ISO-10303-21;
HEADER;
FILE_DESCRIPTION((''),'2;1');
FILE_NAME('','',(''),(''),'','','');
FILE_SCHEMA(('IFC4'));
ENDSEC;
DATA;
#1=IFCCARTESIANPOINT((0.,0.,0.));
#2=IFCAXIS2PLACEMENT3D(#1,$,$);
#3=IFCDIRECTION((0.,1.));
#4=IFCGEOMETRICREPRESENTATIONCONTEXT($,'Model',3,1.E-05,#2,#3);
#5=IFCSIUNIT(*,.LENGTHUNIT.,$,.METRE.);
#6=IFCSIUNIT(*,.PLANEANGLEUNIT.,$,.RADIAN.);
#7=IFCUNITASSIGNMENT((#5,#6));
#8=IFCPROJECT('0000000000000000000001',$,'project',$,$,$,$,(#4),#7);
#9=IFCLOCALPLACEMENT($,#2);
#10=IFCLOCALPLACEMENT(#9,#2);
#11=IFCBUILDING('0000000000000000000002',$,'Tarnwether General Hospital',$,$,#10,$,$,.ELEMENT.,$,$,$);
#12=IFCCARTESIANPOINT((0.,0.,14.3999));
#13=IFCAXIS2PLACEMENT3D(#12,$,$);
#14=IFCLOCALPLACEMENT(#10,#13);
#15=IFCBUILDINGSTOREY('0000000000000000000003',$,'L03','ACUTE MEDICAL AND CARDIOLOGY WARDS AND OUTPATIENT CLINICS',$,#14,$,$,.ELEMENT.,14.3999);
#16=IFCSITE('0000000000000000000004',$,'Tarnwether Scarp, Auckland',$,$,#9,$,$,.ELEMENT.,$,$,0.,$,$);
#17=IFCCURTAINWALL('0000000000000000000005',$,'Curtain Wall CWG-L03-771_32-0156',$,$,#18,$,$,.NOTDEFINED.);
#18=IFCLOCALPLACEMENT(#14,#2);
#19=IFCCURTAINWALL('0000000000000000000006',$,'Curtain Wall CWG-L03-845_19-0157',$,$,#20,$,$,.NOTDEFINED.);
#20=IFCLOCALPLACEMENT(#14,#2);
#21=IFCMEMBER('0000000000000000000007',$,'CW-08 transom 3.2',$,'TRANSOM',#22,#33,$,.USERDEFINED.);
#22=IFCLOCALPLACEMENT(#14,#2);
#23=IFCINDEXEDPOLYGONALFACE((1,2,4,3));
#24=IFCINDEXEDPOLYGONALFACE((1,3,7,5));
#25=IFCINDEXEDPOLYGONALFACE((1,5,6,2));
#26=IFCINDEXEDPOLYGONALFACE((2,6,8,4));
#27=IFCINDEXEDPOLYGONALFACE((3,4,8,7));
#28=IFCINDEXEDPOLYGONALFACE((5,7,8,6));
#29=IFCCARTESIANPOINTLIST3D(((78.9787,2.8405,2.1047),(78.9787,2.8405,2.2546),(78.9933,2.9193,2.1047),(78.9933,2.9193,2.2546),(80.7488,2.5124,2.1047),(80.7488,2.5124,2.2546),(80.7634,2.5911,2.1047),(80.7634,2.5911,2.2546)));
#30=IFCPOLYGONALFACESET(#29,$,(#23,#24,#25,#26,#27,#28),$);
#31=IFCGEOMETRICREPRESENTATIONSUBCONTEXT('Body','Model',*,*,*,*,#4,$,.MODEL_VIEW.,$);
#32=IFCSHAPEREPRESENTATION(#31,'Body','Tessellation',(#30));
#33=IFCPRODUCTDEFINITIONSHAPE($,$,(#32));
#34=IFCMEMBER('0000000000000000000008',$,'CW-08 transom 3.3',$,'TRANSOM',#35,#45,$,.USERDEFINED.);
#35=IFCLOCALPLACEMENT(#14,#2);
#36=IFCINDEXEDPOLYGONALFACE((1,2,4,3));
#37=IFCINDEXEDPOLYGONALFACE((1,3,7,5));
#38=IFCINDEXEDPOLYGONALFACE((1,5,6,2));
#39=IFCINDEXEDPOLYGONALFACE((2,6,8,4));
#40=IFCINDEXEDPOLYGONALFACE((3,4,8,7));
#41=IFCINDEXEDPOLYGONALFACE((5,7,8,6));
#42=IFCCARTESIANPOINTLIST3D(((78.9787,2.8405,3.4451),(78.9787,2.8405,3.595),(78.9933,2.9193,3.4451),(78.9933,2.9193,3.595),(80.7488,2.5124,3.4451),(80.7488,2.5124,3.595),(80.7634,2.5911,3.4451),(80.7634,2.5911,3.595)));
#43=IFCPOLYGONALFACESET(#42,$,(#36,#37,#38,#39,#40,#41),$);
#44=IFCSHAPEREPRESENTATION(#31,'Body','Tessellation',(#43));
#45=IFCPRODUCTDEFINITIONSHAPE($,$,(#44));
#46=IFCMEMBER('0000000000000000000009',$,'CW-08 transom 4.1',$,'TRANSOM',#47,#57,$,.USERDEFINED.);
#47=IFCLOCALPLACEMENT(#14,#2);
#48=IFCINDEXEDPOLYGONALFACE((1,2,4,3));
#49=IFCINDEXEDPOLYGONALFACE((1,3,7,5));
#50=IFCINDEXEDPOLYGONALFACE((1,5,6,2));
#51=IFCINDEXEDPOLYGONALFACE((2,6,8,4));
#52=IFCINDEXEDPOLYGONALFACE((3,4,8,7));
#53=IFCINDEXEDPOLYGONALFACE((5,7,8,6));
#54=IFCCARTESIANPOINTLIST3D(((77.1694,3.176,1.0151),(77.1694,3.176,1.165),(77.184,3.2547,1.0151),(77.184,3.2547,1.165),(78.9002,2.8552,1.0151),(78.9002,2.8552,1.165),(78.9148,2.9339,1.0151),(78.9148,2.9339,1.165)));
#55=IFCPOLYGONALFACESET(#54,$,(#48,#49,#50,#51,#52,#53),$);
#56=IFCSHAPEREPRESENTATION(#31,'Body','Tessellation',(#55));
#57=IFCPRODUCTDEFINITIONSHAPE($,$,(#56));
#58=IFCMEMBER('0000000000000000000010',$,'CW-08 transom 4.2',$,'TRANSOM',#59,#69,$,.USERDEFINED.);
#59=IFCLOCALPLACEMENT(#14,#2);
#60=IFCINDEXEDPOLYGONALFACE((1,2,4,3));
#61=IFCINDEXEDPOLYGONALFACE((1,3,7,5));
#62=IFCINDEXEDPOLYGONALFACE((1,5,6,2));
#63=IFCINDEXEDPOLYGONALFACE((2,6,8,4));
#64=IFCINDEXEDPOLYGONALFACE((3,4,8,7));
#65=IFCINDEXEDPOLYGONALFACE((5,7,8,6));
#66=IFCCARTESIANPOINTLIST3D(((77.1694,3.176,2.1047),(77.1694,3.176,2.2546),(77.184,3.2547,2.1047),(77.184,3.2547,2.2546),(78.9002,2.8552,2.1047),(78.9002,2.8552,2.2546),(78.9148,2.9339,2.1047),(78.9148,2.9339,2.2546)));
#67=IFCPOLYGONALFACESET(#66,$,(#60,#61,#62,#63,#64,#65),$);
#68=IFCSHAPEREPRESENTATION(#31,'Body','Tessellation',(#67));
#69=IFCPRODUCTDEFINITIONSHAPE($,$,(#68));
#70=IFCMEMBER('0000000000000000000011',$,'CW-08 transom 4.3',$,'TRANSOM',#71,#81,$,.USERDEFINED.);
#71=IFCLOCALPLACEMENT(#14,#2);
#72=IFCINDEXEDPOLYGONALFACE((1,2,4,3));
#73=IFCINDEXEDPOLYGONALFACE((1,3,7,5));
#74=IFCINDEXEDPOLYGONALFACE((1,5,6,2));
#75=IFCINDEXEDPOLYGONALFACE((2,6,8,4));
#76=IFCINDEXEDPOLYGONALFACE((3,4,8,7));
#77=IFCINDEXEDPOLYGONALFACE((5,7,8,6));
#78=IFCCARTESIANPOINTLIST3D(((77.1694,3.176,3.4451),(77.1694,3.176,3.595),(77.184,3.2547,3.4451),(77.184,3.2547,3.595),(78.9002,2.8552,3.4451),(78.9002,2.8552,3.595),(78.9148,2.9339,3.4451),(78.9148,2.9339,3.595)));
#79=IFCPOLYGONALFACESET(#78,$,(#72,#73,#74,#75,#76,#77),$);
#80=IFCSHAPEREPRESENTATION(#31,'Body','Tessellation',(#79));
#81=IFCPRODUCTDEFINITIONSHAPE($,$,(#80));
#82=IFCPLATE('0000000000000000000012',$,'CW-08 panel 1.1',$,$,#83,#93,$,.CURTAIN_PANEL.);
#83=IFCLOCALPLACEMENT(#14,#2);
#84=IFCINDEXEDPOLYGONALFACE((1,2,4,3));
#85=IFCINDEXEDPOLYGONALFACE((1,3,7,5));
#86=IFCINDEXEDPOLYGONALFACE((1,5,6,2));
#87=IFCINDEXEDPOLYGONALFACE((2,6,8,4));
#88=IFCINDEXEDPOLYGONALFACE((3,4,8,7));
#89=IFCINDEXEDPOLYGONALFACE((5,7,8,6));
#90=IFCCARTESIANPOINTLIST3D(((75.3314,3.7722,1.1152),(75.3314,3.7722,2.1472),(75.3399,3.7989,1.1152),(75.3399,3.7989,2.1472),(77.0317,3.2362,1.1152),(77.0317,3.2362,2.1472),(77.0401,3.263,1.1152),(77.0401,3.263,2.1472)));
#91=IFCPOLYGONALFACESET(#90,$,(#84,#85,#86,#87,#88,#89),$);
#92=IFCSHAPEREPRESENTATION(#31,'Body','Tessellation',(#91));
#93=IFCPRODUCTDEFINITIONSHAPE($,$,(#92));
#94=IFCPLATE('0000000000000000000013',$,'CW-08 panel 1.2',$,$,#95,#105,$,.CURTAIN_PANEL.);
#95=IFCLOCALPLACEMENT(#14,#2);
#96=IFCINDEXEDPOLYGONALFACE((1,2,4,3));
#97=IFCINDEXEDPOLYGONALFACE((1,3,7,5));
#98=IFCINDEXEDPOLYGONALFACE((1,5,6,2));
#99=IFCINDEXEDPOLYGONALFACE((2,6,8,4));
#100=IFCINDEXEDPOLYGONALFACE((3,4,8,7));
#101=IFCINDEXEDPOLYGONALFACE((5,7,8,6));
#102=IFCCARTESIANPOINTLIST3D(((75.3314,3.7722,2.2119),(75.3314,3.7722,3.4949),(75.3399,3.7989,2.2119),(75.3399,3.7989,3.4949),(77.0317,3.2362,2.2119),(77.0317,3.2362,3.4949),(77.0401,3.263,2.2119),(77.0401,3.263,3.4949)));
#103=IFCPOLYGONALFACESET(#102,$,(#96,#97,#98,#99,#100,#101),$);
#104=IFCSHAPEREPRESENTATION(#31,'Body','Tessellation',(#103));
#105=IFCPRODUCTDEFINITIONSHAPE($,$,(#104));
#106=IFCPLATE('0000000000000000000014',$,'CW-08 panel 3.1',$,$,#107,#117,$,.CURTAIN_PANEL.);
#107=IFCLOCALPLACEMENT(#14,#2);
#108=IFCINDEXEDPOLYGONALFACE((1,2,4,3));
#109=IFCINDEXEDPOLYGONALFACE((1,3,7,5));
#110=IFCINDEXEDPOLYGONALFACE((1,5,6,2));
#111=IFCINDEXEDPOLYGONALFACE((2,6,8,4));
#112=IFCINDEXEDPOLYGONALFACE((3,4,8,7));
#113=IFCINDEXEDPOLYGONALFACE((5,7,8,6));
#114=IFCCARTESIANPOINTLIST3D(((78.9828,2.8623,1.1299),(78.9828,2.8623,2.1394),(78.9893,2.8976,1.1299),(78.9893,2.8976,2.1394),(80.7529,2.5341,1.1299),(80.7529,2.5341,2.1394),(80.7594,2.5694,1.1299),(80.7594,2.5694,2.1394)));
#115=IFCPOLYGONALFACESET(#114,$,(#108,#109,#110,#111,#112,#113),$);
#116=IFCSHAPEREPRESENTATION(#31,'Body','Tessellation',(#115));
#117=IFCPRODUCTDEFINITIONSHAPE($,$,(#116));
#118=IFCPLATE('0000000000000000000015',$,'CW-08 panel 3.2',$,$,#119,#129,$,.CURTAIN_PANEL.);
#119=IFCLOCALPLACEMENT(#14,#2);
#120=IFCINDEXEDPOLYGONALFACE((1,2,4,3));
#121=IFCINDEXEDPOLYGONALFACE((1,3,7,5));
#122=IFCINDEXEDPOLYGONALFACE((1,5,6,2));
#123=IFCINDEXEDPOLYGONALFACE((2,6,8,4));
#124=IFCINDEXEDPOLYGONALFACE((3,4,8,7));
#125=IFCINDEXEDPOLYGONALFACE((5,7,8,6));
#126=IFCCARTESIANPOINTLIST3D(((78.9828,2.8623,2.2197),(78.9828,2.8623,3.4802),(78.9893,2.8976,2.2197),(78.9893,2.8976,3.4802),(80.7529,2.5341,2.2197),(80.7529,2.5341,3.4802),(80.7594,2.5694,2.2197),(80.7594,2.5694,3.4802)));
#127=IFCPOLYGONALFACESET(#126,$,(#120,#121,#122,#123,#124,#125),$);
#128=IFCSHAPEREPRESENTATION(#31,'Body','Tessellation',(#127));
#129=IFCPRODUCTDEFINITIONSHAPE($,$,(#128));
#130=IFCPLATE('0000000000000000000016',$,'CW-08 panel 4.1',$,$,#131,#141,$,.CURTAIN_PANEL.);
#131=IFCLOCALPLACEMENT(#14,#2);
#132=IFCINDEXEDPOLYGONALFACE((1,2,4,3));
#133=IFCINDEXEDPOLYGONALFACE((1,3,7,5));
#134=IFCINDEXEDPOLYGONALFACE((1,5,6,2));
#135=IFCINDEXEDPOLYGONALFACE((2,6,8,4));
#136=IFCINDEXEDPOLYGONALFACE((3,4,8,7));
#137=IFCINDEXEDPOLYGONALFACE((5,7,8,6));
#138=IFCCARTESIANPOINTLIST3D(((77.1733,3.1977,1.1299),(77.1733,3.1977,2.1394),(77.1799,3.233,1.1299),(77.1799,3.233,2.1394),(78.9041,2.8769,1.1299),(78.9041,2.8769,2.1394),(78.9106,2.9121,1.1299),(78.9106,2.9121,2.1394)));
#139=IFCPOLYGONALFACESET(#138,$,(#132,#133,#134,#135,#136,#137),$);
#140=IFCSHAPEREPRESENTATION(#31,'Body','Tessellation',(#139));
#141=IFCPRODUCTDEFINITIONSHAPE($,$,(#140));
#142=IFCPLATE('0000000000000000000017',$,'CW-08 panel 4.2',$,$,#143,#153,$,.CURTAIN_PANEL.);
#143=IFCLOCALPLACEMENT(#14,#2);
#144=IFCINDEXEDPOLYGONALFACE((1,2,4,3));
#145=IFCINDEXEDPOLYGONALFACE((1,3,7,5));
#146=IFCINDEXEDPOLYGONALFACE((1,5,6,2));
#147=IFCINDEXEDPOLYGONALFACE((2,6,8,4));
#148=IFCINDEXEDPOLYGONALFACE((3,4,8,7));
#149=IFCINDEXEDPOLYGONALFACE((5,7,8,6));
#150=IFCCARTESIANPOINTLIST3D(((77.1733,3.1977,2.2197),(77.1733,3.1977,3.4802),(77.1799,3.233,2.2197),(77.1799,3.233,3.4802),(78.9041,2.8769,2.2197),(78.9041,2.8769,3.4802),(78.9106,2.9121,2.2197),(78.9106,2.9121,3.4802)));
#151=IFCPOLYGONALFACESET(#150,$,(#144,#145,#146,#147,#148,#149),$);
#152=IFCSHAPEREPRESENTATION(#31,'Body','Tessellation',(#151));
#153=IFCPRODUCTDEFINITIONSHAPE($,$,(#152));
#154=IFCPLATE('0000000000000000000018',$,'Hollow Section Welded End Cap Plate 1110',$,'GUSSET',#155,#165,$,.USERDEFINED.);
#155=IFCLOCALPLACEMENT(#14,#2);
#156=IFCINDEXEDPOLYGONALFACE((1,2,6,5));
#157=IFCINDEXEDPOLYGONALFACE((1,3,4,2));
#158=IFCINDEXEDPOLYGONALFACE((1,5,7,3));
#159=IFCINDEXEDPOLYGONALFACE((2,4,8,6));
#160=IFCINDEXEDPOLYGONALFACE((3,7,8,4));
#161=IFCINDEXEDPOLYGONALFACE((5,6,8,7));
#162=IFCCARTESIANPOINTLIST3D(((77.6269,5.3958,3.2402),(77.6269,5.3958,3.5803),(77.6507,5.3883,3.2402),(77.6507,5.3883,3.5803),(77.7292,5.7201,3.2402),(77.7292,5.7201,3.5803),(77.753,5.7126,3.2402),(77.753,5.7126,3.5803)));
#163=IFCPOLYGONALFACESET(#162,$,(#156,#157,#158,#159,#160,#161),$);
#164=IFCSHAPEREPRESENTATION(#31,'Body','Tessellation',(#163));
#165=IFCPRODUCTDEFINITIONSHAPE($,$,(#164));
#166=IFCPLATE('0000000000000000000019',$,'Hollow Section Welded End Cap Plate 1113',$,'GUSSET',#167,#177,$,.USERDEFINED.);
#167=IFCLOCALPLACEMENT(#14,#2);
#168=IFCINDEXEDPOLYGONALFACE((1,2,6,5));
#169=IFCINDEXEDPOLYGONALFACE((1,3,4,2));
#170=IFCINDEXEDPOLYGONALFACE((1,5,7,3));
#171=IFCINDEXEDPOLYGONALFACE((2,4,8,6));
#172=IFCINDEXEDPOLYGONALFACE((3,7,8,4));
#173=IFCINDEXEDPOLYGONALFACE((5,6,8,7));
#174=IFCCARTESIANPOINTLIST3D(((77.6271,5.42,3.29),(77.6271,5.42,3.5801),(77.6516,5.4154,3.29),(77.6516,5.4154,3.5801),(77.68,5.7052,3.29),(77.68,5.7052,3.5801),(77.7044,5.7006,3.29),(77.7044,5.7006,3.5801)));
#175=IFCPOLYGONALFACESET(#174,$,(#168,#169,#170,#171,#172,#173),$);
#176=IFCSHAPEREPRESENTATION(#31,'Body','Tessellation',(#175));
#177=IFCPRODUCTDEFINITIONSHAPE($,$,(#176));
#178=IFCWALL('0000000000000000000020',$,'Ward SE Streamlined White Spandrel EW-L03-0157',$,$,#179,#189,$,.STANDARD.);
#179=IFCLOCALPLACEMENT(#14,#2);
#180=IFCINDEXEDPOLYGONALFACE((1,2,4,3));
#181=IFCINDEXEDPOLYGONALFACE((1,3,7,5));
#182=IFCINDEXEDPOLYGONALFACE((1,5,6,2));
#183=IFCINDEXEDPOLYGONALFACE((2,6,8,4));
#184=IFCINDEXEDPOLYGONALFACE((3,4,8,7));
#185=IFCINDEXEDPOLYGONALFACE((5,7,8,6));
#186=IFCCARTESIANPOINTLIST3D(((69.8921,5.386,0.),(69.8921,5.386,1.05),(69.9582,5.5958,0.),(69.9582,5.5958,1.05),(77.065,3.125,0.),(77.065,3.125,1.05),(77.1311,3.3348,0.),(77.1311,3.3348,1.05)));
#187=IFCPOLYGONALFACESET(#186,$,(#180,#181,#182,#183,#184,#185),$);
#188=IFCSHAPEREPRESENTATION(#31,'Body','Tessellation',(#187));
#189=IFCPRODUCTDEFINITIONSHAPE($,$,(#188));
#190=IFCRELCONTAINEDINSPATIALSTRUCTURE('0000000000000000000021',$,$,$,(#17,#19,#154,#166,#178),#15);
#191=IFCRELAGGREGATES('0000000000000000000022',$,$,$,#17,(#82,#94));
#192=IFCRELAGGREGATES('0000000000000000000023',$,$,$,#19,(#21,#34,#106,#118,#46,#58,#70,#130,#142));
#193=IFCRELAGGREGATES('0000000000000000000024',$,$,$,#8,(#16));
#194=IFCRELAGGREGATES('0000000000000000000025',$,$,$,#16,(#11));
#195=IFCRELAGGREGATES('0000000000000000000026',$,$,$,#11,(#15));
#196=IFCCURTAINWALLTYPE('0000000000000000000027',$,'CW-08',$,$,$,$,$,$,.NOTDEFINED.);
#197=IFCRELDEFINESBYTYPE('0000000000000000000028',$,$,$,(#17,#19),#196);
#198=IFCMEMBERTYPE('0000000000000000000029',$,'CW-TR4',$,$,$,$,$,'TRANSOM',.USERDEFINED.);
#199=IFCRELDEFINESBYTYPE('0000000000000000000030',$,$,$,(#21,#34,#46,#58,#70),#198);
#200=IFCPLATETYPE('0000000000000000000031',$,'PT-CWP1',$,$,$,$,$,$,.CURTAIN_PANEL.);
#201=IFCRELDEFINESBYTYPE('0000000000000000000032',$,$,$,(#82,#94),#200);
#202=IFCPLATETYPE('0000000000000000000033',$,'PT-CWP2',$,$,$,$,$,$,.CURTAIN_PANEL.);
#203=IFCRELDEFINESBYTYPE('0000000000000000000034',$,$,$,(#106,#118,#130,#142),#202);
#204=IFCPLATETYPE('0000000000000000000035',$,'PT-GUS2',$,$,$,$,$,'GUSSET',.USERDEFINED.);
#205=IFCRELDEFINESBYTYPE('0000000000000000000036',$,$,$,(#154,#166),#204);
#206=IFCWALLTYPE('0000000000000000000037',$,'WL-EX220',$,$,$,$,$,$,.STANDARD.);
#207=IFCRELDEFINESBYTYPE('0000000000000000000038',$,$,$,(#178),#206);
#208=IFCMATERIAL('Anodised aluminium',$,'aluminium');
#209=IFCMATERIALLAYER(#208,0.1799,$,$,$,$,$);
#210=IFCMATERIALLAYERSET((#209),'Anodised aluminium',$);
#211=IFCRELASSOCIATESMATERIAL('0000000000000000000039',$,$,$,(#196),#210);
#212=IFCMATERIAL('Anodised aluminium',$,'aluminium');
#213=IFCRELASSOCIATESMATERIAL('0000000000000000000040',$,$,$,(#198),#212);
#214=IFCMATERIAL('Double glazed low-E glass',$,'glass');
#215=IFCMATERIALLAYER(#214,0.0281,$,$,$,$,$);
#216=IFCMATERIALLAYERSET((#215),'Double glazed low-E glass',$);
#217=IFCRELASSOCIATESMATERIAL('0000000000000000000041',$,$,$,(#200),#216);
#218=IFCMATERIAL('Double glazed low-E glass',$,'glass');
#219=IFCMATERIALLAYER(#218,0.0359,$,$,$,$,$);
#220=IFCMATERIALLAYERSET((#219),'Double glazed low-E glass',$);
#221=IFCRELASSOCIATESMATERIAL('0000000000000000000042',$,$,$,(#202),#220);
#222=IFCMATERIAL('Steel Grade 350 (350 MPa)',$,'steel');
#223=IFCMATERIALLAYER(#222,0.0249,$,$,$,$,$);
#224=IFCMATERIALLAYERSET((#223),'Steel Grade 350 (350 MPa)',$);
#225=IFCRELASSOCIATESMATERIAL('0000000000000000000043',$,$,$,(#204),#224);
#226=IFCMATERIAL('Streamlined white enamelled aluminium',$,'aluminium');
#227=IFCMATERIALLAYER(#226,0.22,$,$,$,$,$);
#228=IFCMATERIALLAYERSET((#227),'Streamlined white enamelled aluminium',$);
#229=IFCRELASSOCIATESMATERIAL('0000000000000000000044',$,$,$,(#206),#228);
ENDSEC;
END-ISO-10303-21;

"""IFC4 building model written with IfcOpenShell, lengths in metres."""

from ifc_helpers import new_model, si_unit, direction, frame, frame_2d, origin, origin_2d, place, context, subcontext, project, spatial, rectangle, extrude, material, layer, layer_set, material_profile, profile_set, type_object, element, aggregate, save


model = new_model("IFC4")

# Units and contexts
model_context = context("Model", 3, precision=1e-05, world=origin(), true_north=direction((0.0, 1.0)))
body_context = subcontext(model_context, "Body", "Model", "MODEL_VIEW")
ifc_project = project(units=[si_unit("LENGTHUNIT", "METRE"), si_unit("PLANEANGLEUNIT", "RADIAN")], contexts=[model_context])

# Site, building, storey
site_placement = place(None, origin())
site = spatial("IfcSite", under=ifc_project, at=site_placement, Name="Tarnwether Scarp, Auckland", CompositionType="ELEMENT", RefElevation=0.0)
building_placement = place(site_placement, origin())
building = spatial("IfcBuilding", under=site, at=building_placement, Name="Tarnwether General Hospital", CompositionType="ELEMENT")
storey_placement = place(building_placement, frame((0.0, 0.0, 14.3999)))
storey = spatial("IfcBuildingStorey", under=building, at=storey_placement, Name="L03", Description="ACUTE MEDICAL AND CARDIOLOGY WARDS AND OUTPATIENT CLINICS", CompositionType="ELEMENT", Elevation=14.3999)

# Curtain walls
ifc_material_1 = material(Name="Anodised aluminium", Category="aluminium")
ifc_layer_1 = layer(ifc_material_1, 0.1799)
ifc_layer_set_1 = layer_set([ifc_layer_1], Name="Anodised aluminium")
curtain_wall_type = type_object("IfcCurtainWallType", Name="CW-08", PredefinedType="NOTDEFINED", material=ifc_layer_set_1)
curtain_wall_1_placement = place(storey_placement, origin())
curtain_wall_1 = element("IfcCurtainWall", 1, at=curtain_wall_1_placement, inside=storey, type_object=curtain_wall_type, Name="Curtain Wall CWG-L03-771_32-0156", PredefinedType="NOTDEFINED")
curtain_wall_2_placement = place(storey_placement, origin())
curtain_wall_2 = element("IfcCurtainWall", 2, at=curtain_wall_2_placement, inside=storey, type_object=curtain_wall_type, Name="Curtain Wall CWG-L03-845_19-0157", PredefinedType="NOTDEFINED")

# Members
ifc_material_2 = material(Name="Anodised aluminium", Category="aluminium")
ifc_material_profile_1 = material_profile(ifc_material_2, rectangle(XDim=0.0801, YDim=0.1499, at=origin_2d()), Name="ALU-TRN-80x150")
ifc_profile_set_1 = profile_set([ifc_material_profile_1], Name="Anodised aluminium")
member_type_1 = type_object("IfcMemberType", Name="CW-TR4", ElementType="TRANSOM", PredefinedType="USERDEFINED", material=ifc_profile_set_1)
member_1_placement = place(storey_placement, frame((80.7561, 2.5518, 2.1797), z_axis=(-0.983248, 0.182274, 0.0), x_axis=(-0.182274, -0.983248, 0.0)))
member_1 = element("IfcMember", 3, at=member_1_placement, type_object=member_type_1, Name="CW-08 transom 3.2", ObjectType="TRANSOM", PredefinedType="USERDEFINED", context=body_context, shape_type="SweptSolid", body=[
    extrude(rectangle(XDim=0.0801, YDim=0.1499, at=origin_2d()), origin(), (0.0, 0.0, 1.0), 1.8003),
])
member_2_placement = place(storey_placement, frame((80.7561, 2.5518, 3.52), z_axis=(-0.983248, 0.182274, 0.0), x_axis=(-0.182274, -0.983248, 0.0)))
member_2 = element("IfcMember", 4, at=member_2_placement, type_object=member_type_1, Name="CW-08 transom 3.3", ObjectType="TRANSOM", PredefinedType="USERDEFINED", context=body_context, shape_type="SweptSolid", body=[
    extrude(rectangle(XDim=0.0801, YDim=0.1499, at=origin_2d()), origin(), (0.0, 0.0, 1.0), 1.8003),
])
member_3_placement = place(storey_placement, frame((78.9075, 2.8945, 1.0901), z_axis=(-0.983252, 0.182253, 0.0), x_axis=(-0.182253, -0.983252, 0.0)))
member_3 = element("IfcMember", 5, at=member_3_placement, type_object=member_type_1, Name="CW-08 transom 4.1", ObjectType="TRANSOM", PredefinedType="USERDEFINED", context=body_context, shape_type="SweptSolid", body=[
    extrude(rectangle(XDim=0.0801, YDim=0.1499, at=origin_2d()), origin(), (0.0, 0.0, 1.0), 1.7603),
])
member_4_placement = place(storey_placement, frame((78.9075, 2.8945, 2.1797), z_axis=(-0.983252, 0.182253, 0.0), x_axis=(-0.182253, -0.983252, 0.0)))
member_4 = element("IfcMember", 6, at=member_4_placement, type_object=member_type_1, Name="CW-08 transom 4.2", ObjectType="TRANSOM", PredefinedType="USERDEFINED", context=body_context, shape_type="SweptSolid", body=[
    extrude(rectangle(XDim=0.0801, YDim=0.1499, at=origin_2d()), origin(), (0.0, 0.0, 1.0), 1.7603),
])
member_5_placement = place(storey_placement, frame((78.9075, 2.8945, 3.52), z_axis=(-0.983252, 0.182253, 0.0), x_axis=(-0.182253, -0.983252, 0.0)))
member_5 = element("IfcMember", 7, at=member_5_placement, type_object=member_type_1, Name="CW-08 transom 4.3", ObjectType="TRANSOM", PredefinedType="USERDEFINED", context=body_context, shape_type="SweptSolid", body=[
    extrude(rectangle(XDim=0.0801, YDim=0.1499, at=origin_2d()), origin(), (0.0, 0.0, 1.0), 1.7603),
])

# Plates
ifc_material_3 = material(Name="Double glazed low-E glass", Category="glass")
ifc_layer_2 = layer(ifc_material_3, 0.0281)
ifc_layer_set_2 = layer_set([ifc_layer_2], Name="Double glazed low-E glass")
plate_type_1 = type_object("IfcPlateType", Name="PT-CWP1", PredefinedType="CURTAIN_PANEL", material=ifc_layer_set_2)
plate_1_placement = place(storey_placement, frame((76.1858, 3.5176, 1.1152), z_axis=(0.0, 0.0, 1.0), x_axis=(-0.953741, 0.300629, 0.0)))
plate_1 = element("IfcPlate", 8, at=plate_1_placement, type_object=plate_type_1, Name="CW-08 panel 1.1", PredefinedType="CURTAIN_PANEL", context=body_context, shape_type="SweptSolid", body=[
    extrude(rectangle(XDim=1.7827, YDim=0.0281, at=origin_2d()), origin(), (0.0, 0.0, 1.0), 1.032),
])
plate_2_placement = place(storey_placement, frame((76.1858, 3.5176, 2.2119), z_axis=(0.0, 0.0, 1.0), x_axis=(-0.953741, 0.300629, 0.0)))
plate_2 = element("IfcPlate", 9, at=plate_2_placement, type_object=plate_type_1, Name="CW-08 panel 1.2", PredefinedType="CURTAIN_PANEL", context=body_context, shape_type="SweptSolid", body=[
    extrude(rectangle(XDim=1.7827, YDim=0.0281, at=origin_2d()), origin(), (0.0, 0.0, 1.0), 1.283),
])
aggregate(curtain_wall_1, [plate_1, plate_2])
ifc_material_4 = material(Name="Double glazed low-E glass", Category="glass")
ifc_layer_3 = layer(ifc_material_4, 0.0359)
ifc_layer_set_3 = layer_set([ifc_layer_3], Name="Double glazed low-E glass")
plate_type_2 = type_object("IfcPlateType", Name="PT-CWP2", PredefinedType="CURTAIN_PANEL", material=ifc_layer_set_3)
plate_3_placement = place(storey_placement, frame((79.8711, 2.7158, 1.1299), z_axis=(0.0, 0.0, 1.0), x_axis=(-0.983245, 0.182289, 0.0)))
plate_3 = element("IfcPlate", 10, at=plate_3_placement, type_object=plate_type_2, Name="CW-08 panel 3.1", PredefinedType="CURTAIN_PANEL", context=body_context, shape_type="SweptSolid", body=[
    extrude(rectangle(XDim=1.8003, YDim=0.0359, at=origin_2d()), origin(), (0.0, 0.0, 1.0), 1.0095),
])
plate_4_placement = place(storey_placement, frame((79.8711, 2.7158, 2.2197), z_axis=(0.0, 0.0, 1.0), x_axis=(-0.983245, 0.182289, 0.0)))
plate_4 = element("IfcPlate", 11, at=plate_4_placement, type_object=plate_type_2, Name="CW-08 panel 3.2", PredefinedType="CURTAIN_PANEL", context=body_context, shape_type="SweptSolid", body=[
    extrude(rectangle(XDim=1.8003, YDim=0.0359, at=origin_2d()), origin(), (0.0, 0.0, 1.0), 1.2605),
])
plate_5_placement = place(storey_placement, frame((78.042, 3.0549, 1.1299), z_axis=(0.0, 0.0, 1.0), x_axis=(-0.983245, 0.182289, 0.0)))
plate_5 = element("IfcPlate", 12, at=plate_5_placement, type_object=plate_type_2, Name="CW-08 panel 4.1", PredefinedType="CURTAIN_PANEL", context=body_context, shape_type="SweptSolid", body=[
    extrude(rectangle(XDim=1.7603, YDim=0.0359, at=origin_2d()), origin(), (0.0, 0.0, 1.0), 1.0095),
])
plate_6_placement = place(storey_placement, frame((78.042, 3.0549, 2.2197), z_axis=(0.0, 0.0, 1.0), x_axis=(-0.983245, 0.182289, 0.0)))
plate_6 = element("IfcPlate", 13, at=plate_6_placement, type_object=plate_type_2, Name="CW-08 panel 4.2", PredefinedType="CURTAIN_PANEL", context=body_context, shape_type="SweptSolid", body=[
    extrude(rectangle(XDim=1.7603, YDim=0.0359, at=origin_2d()), origin(), (0.0, 0.0, 1.0), 1.2605),
])
aggregate(curtain_wall_2, [member_1, member_2, plate_3, plate_4, member_3, member_4, member_5, plate_5, plate_6])

# Plates
ifc_material_5 = material(Name="Steel Grade 350 (350 MPa)", Category="steel")
ifc_layer_4 = layer(ifc_material_5, 0.0249)
ifc_layer_set_4 = layer_set([ifc_layer_4], Name="Steel Grade 350 (350 MPa)")
plate_type_3 = type_object("IfcPlateType", Name="PT-GUS2", ElementType="GUSSET", PredefinedType="USERDEFINED", material=ifc_layer_set_4)
plate_7_placement = place(storey_placement, frame((77.6899, 5.5542, 3.2402), z_axis=(0.0, 0.0, 1.0), x_axis=(0.953691, -0.300789, 0.0)))
element("IfcPlate", 14, at=plate_7_placement, inside=storey, type_object=plate_type_3, Name="Hollow Section Welded End Cap Plate 1110", ObjectType="GUSSET", PredefinedType="USERDEFINED", context=body_context, shape_type="SweptSolid", body=[
    extrude(rectangle(XDim=0.0249, YDim=0.3401, at=origin_2d()), origin(), (0.0, 0.0, 1.0), 0.3401),
])
plate_8_placement = place(storey_placement, frame((77.6658, 5.5603, 3.29), z_axis=(0.0, 0.0, 1.0), x_axis=(0.983261, -0.182201, 0.0)))
element("IfcPlate", 15, at=plate_8_placement, inside=storey, type_object=plate_type_3, Name="Hollow Section Welded End Cap Plate 1113", ObjectType="GUSSET", PredefinedType="USERDEFINED", context=body_context, shape_type="SweptSolid", body=[
    extrude(rectangle(XDim=0.0249, YDim=0.29, at=origin_2d()), origin(), (0.0, 0.0, 1.0), 0.29),
])

# Wall
ifc_material_6 = material(Name="Streamlined white enamelled aluminium", Category="aluminium")
ifc_layer_5 = layer(ifc_material_6, 0.22)
ifc_layer_set_5 = layer_set([ifc_layer_5], Name="Streamlined white enamelled aluminium")
wall_type = type_object("IfcWallType", Name="WL-EX220", PredefinedType="STANDARD", material=ifc_layer_set_5)
wall_placement = place(storey_placement, frame((77.0979, 3.23, 0.0), z_axis=(0.0, 0.0, 1.0), x_axis=(-0.95374, 0.300633, 0.0)))
element("IfcWall", 16, at=wall_placement, inside=storey, type_object=wall_type, Name="Ward SE Streamlined White Spandrel EW-L03-0157", PredefinedType="STANDARD", context=body_context, shape_type="SweptSolid", body=[
    extrude(rectangle(XDim=7.5208, YDim=0.22, at=frame_2d((3.7603, 0.0))), origin(), (0.0, 0.0, 1.0), 1.05),
])

save(model, "model.ifc")
